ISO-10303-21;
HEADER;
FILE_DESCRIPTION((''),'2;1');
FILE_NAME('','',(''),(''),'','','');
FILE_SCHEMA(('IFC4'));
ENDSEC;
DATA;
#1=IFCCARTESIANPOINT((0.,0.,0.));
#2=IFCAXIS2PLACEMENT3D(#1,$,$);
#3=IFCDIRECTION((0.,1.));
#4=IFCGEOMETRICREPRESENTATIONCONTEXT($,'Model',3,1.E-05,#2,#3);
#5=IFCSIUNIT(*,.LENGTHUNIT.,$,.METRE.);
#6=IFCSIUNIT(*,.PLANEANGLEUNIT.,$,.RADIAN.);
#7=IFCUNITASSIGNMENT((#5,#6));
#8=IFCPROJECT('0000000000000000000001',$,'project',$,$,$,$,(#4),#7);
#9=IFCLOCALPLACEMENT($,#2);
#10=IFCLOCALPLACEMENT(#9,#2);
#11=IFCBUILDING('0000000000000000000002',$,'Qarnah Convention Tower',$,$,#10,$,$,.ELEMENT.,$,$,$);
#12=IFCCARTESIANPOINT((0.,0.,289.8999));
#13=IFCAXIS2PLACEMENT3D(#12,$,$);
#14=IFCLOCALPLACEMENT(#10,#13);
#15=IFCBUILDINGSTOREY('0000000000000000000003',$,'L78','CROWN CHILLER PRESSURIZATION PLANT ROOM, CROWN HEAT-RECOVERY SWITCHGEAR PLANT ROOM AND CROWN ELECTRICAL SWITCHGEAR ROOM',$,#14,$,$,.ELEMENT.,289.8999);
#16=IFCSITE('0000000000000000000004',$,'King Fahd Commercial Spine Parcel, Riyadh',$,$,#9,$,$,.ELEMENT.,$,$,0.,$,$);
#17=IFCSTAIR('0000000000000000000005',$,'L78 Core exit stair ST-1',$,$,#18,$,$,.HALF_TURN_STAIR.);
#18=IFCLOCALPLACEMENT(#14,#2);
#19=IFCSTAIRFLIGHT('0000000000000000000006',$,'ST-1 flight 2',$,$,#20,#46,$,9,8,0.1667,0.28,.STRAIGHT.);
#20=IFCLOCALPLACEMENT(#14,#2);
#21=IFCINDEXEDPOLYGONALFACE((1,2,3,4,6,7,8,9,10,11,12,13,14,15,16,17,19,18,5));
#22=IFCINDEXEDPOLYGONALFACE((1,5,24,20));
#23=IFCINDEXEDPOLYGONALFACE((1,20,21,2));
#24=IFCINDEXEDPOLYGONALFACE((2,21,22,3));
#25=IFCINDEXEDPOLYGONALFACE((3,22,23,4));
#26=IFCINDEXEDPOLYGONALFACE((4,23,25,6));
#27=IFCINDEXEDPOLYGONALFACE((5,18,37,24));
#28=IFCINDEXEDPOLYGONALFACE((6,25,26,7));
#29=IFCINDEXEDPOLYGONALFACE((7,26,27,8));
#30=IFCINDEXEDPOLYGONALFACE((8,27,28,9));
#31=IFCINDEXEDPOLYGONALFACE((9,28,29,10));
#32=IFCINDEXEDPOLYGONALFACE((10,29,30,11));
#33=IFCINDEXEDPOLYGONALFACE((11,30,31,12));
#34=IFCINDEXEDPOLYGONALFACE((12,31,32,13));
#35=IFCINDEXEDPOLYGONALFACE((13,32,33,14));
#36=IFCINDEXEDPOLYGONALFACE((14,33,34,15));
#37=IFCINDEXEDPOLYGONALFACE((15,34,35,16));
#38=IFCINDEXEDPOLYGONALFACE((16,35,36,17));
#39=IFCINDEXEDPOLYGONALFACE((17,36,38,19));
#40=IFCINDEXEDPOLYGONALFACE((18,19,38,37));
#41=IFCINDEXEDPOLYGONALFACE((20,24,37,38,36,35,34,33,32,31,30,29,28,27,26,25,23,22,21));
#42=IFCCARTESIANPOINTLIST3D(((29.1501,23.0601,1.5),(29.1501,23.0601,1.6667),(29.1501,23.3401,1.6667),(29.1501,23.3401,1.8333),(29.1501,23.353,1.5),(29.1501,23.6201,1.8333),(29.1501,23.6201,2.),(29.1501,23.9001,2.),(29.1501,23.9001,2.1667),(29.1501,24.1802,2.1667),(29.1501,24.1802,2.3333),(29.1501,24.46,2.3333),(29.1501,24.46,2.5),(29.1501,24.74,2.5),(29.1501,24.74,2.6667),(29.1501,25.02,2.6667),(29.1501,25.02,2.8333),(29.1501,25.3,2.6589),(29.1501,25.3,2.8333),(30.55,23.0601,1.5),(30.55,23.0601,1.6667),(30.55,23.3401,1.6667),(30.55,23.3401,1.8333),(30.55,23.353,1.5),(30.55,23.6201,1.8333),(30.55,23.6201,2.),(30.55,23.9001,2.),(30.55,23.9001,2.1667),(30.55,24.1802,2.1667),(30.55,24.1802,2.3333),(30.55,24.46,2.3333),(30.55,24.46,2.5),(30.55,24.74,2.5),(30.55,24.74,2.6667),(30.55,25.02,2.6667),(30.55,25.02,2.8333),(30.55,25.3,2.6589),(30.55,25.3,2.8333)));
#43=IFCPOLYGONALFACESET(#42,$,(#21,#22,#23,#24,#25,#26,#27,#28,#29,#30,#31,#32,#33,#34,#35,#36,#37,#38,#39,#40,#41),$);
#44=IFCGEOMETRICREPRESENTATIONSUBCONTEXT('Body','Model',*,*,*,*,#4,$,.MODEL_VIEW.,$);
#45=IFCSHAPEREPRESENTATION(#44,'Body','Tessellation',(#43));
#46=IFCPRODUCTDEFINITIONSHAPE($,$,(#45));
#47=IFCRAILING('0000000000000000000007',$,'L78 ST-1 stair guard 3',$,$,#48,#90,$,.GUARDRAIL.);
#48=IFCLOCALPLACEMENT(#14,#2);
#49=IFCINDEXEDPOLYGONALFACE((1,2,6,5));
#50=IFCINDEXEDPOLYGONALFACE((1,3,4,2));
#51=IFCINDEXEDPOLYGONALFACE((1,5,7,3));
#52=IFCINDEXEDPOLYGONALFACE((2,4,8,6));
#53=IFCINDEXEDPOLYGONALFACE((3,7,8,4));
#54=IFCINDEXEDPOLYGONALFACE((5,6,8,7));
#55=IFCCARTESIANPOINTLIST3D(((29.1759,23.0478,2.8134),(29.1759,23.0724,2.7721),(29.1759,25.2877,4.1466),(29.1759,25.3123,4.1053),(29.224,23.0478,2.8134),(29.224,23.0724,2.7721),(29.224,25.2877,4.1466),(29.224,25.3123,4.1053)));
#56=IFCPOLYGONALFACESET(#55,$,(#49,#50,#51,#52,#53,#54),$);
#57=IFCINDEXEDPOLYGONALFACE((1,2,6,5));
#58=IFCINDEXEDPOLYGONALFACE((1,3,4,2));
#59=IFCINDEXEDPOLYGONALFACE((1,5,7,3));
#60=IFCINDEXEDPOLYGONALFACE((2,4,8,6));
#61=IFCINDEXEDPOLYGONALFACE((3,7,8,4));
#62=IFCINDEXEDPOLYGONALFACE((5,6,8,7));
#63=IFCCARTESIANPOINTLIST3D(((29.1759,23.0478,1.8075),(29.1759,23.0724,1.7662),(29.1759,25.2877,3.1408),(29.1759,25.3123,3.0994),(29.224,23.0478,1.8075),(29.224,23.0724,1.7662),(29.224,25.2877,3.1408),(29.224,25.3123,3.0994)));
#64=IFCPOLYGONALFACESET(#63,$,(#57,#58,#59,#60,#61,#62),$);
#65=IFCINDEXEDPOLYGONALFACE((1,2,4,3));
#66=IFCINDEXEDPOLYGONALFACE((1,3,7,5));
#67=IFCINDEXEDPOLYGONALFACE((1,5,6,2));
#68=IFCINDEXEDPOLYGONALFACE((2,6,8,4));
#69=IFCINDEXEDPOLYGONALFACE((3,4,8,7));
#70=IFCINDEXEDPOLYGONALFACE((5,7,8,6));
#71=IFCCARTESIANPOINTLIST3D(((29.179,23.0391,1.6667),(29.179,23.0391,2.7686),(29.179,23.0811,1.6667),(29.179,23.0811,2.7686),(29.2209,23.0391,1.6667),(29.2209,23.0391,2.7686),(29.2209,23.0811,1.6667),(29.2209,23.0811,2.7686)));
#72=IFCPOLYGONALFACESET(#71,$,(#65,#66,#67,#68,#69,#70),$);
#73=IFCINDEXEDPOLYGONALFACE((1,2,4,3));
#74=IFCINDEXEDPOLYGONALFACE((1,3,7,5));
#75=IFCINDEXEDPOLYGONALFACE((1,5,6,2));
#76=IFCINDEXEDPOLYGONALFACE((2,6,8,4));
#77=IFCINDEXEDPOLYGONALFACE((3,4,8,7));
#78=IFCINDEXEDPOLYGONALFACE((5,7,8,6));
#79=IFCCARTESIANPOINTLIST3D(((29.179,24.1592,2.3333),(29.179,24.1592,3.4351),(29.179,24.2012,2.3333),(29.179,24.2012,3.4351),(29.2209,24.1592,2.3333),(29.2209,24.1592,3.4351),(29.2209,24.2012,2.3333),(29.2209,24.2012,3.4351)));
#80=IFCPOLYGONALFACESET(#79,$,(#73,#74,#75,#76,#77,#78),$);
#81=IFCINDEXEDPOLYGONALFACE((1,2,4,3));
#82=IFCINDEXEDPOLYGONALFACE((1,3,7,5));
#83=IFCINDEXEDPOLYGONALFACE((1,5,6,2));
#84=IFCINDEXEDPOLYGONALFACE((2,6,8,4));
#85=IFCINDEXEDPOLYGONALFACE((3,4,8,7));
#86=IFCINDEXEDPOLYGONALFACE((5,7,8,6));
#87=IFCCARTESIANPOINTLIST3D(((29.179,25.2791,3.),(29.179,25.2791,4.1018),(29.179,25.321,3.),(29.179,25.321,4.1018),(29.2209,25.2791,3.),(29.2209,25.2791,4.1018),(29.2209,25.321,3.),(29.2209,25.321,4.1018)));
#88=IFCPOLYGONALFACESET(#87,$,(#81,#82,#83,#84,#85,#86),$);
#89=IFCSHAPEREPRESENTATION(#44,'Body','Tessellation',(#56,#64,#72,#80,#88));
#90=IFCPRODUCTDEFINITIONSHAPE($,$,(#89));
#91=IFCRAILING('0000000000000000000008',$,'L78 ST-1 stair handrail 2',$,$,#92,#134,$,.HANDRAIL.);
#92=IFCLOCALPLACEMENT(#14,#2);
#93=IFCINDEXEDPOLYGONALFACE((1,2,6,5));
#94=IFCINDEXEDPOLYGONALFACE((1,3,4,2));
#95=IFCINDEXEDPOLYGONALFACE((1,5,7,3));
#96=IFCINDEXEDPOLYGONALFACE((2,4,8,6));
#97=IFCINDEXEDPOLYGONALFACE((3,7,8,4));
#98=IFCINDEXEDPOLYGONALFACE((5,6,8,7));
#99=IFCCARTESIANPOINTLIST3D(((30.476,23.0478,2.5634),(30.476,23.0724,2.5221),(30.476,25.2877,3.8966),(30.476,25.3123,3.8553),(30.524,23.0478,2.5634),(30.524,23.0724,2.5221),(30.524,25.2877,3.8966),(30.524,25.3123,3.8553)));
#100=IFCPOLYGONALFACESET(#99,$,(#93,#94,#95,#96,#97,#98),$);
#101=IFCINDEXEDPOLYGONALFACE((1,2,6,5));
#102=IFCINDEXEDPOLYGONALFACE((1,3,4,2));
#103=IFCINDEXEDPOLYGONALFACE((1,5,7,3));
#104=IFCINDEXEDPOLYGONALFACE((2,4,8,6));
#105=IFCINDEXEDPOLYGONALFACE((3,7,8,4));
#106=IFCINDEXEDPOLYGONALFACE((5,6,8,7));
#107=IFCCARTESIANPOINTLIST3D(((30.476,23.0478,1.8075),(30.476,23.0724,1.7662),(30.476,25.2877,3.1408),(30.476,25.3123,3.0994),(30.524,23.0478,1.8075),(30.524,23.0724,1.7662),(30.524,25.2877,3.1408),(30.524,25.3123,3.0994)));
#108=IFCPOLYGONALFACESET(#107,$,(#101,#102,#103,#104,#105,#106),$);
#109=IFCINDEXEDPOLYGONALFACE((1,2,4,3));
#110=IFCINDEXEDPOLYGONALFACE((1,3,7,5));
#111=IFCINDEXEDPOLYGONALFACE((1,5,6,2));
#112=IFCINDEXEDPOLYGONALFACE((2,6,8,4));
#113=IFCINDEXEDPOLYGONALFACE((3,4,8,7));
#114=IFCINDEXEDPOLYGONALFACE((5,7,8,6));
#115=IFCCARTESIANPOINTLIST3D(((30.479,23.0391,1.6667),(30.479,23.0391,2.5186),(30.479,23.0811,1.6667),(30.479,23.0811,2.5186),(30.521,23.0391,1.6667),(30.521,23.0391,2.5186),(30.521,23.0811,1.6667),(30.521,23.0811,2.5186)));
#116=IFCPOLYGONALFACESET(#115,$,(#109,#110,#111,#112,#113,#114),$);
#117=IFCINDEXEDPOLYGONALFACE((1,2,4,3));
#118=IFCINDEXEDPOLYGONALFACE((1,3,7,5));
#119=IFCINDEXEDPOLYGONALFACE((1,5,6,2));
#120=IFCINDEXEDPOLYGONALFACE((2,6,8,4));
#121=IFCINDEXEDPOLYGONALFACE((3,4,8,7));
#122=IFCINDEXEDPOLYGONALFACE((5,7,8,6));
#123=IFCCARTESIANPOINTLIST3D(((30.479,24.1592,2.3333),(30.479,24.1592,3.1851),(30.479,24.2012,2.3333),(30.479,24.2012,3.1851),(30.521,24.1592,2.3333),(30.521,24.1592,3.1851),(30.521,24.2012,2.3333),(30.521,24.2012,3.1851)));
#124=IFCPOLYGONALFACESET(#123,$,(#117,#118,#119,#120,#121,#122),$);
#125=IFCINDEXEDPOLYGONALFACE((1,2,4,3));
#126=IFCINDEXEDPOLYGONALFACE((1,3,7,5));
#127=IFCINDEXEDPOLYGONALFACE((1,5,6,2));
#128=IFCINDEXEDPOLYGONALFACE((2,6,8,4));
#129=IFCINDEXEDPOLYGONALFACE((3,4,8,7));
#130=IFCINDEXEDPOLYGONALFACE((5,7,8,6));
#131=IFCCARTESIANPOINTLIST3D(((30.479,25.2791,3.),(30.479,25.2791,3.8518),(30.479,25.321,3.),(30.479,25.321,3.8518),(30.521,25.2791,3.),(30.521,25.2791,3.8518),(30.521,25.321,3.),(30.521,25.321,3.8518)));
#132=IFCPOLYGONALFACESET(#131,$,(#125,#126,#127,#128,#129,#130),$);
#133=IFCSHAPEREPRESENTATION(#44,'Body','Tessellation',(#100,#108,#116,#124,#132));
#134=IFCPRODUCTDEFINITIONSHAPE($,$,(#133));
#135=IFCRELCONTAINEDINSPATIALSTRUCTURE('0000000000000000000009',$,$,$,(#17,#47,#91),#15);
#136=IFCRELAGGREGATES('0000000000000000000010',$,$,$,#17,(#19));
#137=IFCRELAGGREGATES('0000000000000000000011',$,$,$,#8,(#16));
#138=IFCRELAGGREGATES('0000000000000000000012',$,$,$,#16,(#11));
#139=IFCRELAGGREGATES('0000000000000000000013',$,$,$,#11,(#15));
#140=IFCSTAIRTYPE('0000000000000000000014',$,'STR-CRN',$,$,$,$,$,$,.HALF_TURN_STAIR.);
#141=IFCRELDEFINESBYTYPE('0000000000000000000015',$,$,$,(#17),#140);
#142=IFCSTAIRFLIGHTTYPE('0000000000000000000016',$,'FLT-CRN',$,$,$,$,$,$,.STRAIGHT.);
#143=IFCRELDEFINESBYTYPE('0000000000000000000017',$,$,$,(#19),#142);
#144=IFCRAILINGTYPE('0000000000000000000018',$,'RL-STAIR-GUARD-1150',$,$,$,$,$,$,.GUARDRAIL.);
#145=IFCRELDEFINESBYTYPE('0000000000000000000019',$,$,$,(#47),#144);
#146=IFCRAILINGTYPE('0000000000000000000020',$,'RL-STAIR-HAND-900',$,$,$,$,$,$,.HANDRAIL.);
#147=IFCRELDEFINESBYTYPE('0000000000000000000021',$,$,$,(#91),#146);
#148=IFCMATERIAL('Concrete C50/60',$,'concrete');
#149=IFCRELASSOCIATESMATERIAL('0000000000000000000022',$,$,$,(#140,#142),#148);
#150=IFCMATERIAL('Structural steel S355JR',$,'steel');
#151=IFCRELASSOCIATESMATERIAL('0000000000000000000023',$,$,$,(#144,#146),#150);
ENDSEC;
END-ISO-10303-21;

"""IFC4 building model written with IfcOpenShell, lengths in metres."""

from ifc_helpers import new_model, si_unit, direction, frame, origin, origin_2d, place, context, subcontext, project, spatial, polyline, rectangle, outline, extrude, material, type_object, element, aggregate, save


model = new_model("IFC4")

# Units and contexts
model_context = context("Model", 3, precision=1e-05, world=origin(), true_north=direction((0.0, 1.0)))
body_context = subcontext(model_context, "Body", "Model", "MODEL_VIEW")
ifc_project = project(units=[si_unit("LENGTHUNIT", "METRE"), si_unit("PLANEANGLEUNIT", "RADIAN")], contexts=[model_context])

# Site, building, storey
site_placement = place(None, origin())
site = spatial("IfcSite", under=ifc_project, at=site_placement, Name="King Fahd Commercial Spine Parcel, Riyadh", CompositionType="ELEMENT", RefElevation=0.0)
building_placement = place(site_placement, origin())
building = spatial("IfcBuilding", under=site, at=building_placement, Name="Qarnah Convention Tower", CompositionType="ELEMENT")
storey_placement = place(building_placement, frame((0.0, 0.0, 289.8999)))
storey = spatial("IfcBuildingStorey", under=building, at=storey_placement, Name="L78", Description="CROWN CHILLER PRESSURIZATION PLANT ROOM, CROWN HEAT-RECOVERY SWITCHGEAR PLANT ROOM AND CROWN ELECTRICAL SWITCHGEAR ROOM", CompositionType="ELEMENT", Elevation=289.8999)

# Shared definitions
ifc_material_1 = material(Name="Structural steel S355JR", Category="steel")

# Stair, stair flight
ifc_material_2 = material(Name="Concrete C50/60", Category="concrete")
stair_type = type_object("IfcStairType", Name="STR-CRN", PredefinedType="HALF_TURN_STAIR", material=ifc_material_2)
stair_placement = place(storey_placement, origin())
stair = element("IfcStair", 1, at=stair_placement, inside=storey, type_object=stair_type, Name="L78 Core exit stair ST-1", PredefinedType="HALF_TURN_STAIR")
stair_flight_type = type_object("IfcStairFlightType", Name="FLT-CRN", PredefinedType="STRAIGHT", material=ifc_material_2)
stair_flight_placement = place(storey_placement, frame((29.8501, 23.0601, 1.5), z_axis=(0.0, 0.0, 1.0), x_axis=(0.0, 1.0, 0.0)))
stair_flight = element("IfcStairFlight", 2, at=stair_flight_placement, type_object=stair_flight_type, Name="ST-1 flight 2", NumberOfRisers=9, NumberOfTreads=8, PredefinedType="STRAIGHT", RiserHeight=0.1667, TreadLength=0.28, context=body_context, shape_type="SweptSolid", body=[
    extrude(outline(polyline([(0.0, 0.0), (0.0, 0.1667), (0.28, 0.1667), (0.28, 0.3333), (0.5601, 0.3333), (0.5601, 0.5), (0.8401, 0.5), (0.8401, 0.6667), (1.1201, 0.6667), (1.1201, 0.8333), (1.3999, 0.8333), (1.3999, 1.0), (1.6799, 1.0), (1.6799, 1.1667), (1.96, 1.1667), (1.96, 1.3333), (2.24, 1.3333), (2.24, 1.5), (2.24, 1.1589), (0.293, 0.0), (0.0, 0.0)])), frame((0.0, 0.7, 0.0), z_axis=(0.0, -1.0, 0.0), x_axis=(1.0, 0.0, 0.0)), (0.0, 0.0, 1.0), 1.3999),
])
aggregate(stair, [stair_flight])

# Railings
railing_type_1 = type_object("IfcRailingType", Name="RL-STAIR-GUARD-1150", PredefinedType="GUARDRAIL", material=ifc_material_1)
railing_1_placement = place(storey_placement, frame((29.2, 23.0601, 1.6667)))
element("IfcRailing", 3, at=railing_1_placement, inside=storey, type_object=railing_type_1, Name="L78 ST-1 stair guard 3", PredefinedType="GUARDRAIL", context=body_context, shape_type="SweptSolid", body=[
    extrude(rectangle(XDim=0.0481, YDim=0.0481, at=origin_2d()), frame((0.0, 0.0, 1.126), z_axis=(0.0, 0.859306, 0.511462), x_axis=(-1.0, 0.0, 0.0)), (0.0, 0.0, 1.0), 2.6067),
    extrude(rectangle(XDim=0.0481, YDim=0.0481, at=origin_2d()), frame((0.0, 0.0, 0.1201), z_axis=(0.0, 0.859306, 0.511462), x_axis=(-1.0, 0.0, 0.0)), (0.0, 0.0, 1.0), 2.6067),
    extrude(rectangle(XDim=0.042, YDim=0.042, at=origin_2d()), origin(), (0.0, 0.0, 1.0), 1.1018),
    extrude(rectangle(XDim=0.042, YDim=0.042, at=origin_2d()), frame((0.0, 1.1201, 0.6665)), (0.0, 0.0, 1.0), 1.1018),
    extrude(rectangle(XDim=0.042, YDim=0.042, at=origin_2d()), frame((0.0, 2.24, 1.3333)), (0.0, 0.0, 1.0), 1.1018),
])
railing_type_2 = type_object("IfcRailingType", Name="RL-STAIR-HAND-900", PredefinedType="HANDRAIL", material=ifc_material_1)
railing_2_placement = place(storey_placement, frame((30.5, 23.0601, 1.6667)))
element("IfcRailing", 4, at=railing_2_placement, inside=storey, type_object=railing_type_2, Name="L78 ST-1 stair handrail 2", PredefinedType="HANDRAIL", context=body_context, shape_type="SweptSolid", body=[
    extrude(rectangle(XDim=0.0481, YDim=0.0481, at=origin_2d()), frame((0.0, 0.0, 0.876), z_axis=(0.0, 0.859306, 0.511462), x_axis=(-1.0, 0.0, 0.0)), (0.0, 0.0, 1.0), 2.6067),
    extrude(rectangle(XDim=0.0481, YDim=0.0481, at=origin_2d()), frame((0.0, 0.0, 0.1201), z_axis=(0.0, 0.859306, 0.511462), x_axis=(-1.0, 0.0, 0.0)), (0.0, 0.0, 1.0), 2.6067),
    extrude(rectangle(XDim=0.042, YDim=0.042, at=origin_2d()), origin(), (0.0, 0.0, 1.0), 0.8518),
    extrude(rectangle(XDim=0.042, YDim=0.042, at=origin_2d()), frame((0.0, 1.1201, 0.6665)), (0.0, 0.0, 1.0), 0.8518),
    extrude(rectangle(XDim=0.042, YDim=0.042, at=origin_2d()), frame((0.0, 2.24, 1.3333)), (0.0, 0.0, 1.0), 0.8518),
])

save(model, "model.ifc")
